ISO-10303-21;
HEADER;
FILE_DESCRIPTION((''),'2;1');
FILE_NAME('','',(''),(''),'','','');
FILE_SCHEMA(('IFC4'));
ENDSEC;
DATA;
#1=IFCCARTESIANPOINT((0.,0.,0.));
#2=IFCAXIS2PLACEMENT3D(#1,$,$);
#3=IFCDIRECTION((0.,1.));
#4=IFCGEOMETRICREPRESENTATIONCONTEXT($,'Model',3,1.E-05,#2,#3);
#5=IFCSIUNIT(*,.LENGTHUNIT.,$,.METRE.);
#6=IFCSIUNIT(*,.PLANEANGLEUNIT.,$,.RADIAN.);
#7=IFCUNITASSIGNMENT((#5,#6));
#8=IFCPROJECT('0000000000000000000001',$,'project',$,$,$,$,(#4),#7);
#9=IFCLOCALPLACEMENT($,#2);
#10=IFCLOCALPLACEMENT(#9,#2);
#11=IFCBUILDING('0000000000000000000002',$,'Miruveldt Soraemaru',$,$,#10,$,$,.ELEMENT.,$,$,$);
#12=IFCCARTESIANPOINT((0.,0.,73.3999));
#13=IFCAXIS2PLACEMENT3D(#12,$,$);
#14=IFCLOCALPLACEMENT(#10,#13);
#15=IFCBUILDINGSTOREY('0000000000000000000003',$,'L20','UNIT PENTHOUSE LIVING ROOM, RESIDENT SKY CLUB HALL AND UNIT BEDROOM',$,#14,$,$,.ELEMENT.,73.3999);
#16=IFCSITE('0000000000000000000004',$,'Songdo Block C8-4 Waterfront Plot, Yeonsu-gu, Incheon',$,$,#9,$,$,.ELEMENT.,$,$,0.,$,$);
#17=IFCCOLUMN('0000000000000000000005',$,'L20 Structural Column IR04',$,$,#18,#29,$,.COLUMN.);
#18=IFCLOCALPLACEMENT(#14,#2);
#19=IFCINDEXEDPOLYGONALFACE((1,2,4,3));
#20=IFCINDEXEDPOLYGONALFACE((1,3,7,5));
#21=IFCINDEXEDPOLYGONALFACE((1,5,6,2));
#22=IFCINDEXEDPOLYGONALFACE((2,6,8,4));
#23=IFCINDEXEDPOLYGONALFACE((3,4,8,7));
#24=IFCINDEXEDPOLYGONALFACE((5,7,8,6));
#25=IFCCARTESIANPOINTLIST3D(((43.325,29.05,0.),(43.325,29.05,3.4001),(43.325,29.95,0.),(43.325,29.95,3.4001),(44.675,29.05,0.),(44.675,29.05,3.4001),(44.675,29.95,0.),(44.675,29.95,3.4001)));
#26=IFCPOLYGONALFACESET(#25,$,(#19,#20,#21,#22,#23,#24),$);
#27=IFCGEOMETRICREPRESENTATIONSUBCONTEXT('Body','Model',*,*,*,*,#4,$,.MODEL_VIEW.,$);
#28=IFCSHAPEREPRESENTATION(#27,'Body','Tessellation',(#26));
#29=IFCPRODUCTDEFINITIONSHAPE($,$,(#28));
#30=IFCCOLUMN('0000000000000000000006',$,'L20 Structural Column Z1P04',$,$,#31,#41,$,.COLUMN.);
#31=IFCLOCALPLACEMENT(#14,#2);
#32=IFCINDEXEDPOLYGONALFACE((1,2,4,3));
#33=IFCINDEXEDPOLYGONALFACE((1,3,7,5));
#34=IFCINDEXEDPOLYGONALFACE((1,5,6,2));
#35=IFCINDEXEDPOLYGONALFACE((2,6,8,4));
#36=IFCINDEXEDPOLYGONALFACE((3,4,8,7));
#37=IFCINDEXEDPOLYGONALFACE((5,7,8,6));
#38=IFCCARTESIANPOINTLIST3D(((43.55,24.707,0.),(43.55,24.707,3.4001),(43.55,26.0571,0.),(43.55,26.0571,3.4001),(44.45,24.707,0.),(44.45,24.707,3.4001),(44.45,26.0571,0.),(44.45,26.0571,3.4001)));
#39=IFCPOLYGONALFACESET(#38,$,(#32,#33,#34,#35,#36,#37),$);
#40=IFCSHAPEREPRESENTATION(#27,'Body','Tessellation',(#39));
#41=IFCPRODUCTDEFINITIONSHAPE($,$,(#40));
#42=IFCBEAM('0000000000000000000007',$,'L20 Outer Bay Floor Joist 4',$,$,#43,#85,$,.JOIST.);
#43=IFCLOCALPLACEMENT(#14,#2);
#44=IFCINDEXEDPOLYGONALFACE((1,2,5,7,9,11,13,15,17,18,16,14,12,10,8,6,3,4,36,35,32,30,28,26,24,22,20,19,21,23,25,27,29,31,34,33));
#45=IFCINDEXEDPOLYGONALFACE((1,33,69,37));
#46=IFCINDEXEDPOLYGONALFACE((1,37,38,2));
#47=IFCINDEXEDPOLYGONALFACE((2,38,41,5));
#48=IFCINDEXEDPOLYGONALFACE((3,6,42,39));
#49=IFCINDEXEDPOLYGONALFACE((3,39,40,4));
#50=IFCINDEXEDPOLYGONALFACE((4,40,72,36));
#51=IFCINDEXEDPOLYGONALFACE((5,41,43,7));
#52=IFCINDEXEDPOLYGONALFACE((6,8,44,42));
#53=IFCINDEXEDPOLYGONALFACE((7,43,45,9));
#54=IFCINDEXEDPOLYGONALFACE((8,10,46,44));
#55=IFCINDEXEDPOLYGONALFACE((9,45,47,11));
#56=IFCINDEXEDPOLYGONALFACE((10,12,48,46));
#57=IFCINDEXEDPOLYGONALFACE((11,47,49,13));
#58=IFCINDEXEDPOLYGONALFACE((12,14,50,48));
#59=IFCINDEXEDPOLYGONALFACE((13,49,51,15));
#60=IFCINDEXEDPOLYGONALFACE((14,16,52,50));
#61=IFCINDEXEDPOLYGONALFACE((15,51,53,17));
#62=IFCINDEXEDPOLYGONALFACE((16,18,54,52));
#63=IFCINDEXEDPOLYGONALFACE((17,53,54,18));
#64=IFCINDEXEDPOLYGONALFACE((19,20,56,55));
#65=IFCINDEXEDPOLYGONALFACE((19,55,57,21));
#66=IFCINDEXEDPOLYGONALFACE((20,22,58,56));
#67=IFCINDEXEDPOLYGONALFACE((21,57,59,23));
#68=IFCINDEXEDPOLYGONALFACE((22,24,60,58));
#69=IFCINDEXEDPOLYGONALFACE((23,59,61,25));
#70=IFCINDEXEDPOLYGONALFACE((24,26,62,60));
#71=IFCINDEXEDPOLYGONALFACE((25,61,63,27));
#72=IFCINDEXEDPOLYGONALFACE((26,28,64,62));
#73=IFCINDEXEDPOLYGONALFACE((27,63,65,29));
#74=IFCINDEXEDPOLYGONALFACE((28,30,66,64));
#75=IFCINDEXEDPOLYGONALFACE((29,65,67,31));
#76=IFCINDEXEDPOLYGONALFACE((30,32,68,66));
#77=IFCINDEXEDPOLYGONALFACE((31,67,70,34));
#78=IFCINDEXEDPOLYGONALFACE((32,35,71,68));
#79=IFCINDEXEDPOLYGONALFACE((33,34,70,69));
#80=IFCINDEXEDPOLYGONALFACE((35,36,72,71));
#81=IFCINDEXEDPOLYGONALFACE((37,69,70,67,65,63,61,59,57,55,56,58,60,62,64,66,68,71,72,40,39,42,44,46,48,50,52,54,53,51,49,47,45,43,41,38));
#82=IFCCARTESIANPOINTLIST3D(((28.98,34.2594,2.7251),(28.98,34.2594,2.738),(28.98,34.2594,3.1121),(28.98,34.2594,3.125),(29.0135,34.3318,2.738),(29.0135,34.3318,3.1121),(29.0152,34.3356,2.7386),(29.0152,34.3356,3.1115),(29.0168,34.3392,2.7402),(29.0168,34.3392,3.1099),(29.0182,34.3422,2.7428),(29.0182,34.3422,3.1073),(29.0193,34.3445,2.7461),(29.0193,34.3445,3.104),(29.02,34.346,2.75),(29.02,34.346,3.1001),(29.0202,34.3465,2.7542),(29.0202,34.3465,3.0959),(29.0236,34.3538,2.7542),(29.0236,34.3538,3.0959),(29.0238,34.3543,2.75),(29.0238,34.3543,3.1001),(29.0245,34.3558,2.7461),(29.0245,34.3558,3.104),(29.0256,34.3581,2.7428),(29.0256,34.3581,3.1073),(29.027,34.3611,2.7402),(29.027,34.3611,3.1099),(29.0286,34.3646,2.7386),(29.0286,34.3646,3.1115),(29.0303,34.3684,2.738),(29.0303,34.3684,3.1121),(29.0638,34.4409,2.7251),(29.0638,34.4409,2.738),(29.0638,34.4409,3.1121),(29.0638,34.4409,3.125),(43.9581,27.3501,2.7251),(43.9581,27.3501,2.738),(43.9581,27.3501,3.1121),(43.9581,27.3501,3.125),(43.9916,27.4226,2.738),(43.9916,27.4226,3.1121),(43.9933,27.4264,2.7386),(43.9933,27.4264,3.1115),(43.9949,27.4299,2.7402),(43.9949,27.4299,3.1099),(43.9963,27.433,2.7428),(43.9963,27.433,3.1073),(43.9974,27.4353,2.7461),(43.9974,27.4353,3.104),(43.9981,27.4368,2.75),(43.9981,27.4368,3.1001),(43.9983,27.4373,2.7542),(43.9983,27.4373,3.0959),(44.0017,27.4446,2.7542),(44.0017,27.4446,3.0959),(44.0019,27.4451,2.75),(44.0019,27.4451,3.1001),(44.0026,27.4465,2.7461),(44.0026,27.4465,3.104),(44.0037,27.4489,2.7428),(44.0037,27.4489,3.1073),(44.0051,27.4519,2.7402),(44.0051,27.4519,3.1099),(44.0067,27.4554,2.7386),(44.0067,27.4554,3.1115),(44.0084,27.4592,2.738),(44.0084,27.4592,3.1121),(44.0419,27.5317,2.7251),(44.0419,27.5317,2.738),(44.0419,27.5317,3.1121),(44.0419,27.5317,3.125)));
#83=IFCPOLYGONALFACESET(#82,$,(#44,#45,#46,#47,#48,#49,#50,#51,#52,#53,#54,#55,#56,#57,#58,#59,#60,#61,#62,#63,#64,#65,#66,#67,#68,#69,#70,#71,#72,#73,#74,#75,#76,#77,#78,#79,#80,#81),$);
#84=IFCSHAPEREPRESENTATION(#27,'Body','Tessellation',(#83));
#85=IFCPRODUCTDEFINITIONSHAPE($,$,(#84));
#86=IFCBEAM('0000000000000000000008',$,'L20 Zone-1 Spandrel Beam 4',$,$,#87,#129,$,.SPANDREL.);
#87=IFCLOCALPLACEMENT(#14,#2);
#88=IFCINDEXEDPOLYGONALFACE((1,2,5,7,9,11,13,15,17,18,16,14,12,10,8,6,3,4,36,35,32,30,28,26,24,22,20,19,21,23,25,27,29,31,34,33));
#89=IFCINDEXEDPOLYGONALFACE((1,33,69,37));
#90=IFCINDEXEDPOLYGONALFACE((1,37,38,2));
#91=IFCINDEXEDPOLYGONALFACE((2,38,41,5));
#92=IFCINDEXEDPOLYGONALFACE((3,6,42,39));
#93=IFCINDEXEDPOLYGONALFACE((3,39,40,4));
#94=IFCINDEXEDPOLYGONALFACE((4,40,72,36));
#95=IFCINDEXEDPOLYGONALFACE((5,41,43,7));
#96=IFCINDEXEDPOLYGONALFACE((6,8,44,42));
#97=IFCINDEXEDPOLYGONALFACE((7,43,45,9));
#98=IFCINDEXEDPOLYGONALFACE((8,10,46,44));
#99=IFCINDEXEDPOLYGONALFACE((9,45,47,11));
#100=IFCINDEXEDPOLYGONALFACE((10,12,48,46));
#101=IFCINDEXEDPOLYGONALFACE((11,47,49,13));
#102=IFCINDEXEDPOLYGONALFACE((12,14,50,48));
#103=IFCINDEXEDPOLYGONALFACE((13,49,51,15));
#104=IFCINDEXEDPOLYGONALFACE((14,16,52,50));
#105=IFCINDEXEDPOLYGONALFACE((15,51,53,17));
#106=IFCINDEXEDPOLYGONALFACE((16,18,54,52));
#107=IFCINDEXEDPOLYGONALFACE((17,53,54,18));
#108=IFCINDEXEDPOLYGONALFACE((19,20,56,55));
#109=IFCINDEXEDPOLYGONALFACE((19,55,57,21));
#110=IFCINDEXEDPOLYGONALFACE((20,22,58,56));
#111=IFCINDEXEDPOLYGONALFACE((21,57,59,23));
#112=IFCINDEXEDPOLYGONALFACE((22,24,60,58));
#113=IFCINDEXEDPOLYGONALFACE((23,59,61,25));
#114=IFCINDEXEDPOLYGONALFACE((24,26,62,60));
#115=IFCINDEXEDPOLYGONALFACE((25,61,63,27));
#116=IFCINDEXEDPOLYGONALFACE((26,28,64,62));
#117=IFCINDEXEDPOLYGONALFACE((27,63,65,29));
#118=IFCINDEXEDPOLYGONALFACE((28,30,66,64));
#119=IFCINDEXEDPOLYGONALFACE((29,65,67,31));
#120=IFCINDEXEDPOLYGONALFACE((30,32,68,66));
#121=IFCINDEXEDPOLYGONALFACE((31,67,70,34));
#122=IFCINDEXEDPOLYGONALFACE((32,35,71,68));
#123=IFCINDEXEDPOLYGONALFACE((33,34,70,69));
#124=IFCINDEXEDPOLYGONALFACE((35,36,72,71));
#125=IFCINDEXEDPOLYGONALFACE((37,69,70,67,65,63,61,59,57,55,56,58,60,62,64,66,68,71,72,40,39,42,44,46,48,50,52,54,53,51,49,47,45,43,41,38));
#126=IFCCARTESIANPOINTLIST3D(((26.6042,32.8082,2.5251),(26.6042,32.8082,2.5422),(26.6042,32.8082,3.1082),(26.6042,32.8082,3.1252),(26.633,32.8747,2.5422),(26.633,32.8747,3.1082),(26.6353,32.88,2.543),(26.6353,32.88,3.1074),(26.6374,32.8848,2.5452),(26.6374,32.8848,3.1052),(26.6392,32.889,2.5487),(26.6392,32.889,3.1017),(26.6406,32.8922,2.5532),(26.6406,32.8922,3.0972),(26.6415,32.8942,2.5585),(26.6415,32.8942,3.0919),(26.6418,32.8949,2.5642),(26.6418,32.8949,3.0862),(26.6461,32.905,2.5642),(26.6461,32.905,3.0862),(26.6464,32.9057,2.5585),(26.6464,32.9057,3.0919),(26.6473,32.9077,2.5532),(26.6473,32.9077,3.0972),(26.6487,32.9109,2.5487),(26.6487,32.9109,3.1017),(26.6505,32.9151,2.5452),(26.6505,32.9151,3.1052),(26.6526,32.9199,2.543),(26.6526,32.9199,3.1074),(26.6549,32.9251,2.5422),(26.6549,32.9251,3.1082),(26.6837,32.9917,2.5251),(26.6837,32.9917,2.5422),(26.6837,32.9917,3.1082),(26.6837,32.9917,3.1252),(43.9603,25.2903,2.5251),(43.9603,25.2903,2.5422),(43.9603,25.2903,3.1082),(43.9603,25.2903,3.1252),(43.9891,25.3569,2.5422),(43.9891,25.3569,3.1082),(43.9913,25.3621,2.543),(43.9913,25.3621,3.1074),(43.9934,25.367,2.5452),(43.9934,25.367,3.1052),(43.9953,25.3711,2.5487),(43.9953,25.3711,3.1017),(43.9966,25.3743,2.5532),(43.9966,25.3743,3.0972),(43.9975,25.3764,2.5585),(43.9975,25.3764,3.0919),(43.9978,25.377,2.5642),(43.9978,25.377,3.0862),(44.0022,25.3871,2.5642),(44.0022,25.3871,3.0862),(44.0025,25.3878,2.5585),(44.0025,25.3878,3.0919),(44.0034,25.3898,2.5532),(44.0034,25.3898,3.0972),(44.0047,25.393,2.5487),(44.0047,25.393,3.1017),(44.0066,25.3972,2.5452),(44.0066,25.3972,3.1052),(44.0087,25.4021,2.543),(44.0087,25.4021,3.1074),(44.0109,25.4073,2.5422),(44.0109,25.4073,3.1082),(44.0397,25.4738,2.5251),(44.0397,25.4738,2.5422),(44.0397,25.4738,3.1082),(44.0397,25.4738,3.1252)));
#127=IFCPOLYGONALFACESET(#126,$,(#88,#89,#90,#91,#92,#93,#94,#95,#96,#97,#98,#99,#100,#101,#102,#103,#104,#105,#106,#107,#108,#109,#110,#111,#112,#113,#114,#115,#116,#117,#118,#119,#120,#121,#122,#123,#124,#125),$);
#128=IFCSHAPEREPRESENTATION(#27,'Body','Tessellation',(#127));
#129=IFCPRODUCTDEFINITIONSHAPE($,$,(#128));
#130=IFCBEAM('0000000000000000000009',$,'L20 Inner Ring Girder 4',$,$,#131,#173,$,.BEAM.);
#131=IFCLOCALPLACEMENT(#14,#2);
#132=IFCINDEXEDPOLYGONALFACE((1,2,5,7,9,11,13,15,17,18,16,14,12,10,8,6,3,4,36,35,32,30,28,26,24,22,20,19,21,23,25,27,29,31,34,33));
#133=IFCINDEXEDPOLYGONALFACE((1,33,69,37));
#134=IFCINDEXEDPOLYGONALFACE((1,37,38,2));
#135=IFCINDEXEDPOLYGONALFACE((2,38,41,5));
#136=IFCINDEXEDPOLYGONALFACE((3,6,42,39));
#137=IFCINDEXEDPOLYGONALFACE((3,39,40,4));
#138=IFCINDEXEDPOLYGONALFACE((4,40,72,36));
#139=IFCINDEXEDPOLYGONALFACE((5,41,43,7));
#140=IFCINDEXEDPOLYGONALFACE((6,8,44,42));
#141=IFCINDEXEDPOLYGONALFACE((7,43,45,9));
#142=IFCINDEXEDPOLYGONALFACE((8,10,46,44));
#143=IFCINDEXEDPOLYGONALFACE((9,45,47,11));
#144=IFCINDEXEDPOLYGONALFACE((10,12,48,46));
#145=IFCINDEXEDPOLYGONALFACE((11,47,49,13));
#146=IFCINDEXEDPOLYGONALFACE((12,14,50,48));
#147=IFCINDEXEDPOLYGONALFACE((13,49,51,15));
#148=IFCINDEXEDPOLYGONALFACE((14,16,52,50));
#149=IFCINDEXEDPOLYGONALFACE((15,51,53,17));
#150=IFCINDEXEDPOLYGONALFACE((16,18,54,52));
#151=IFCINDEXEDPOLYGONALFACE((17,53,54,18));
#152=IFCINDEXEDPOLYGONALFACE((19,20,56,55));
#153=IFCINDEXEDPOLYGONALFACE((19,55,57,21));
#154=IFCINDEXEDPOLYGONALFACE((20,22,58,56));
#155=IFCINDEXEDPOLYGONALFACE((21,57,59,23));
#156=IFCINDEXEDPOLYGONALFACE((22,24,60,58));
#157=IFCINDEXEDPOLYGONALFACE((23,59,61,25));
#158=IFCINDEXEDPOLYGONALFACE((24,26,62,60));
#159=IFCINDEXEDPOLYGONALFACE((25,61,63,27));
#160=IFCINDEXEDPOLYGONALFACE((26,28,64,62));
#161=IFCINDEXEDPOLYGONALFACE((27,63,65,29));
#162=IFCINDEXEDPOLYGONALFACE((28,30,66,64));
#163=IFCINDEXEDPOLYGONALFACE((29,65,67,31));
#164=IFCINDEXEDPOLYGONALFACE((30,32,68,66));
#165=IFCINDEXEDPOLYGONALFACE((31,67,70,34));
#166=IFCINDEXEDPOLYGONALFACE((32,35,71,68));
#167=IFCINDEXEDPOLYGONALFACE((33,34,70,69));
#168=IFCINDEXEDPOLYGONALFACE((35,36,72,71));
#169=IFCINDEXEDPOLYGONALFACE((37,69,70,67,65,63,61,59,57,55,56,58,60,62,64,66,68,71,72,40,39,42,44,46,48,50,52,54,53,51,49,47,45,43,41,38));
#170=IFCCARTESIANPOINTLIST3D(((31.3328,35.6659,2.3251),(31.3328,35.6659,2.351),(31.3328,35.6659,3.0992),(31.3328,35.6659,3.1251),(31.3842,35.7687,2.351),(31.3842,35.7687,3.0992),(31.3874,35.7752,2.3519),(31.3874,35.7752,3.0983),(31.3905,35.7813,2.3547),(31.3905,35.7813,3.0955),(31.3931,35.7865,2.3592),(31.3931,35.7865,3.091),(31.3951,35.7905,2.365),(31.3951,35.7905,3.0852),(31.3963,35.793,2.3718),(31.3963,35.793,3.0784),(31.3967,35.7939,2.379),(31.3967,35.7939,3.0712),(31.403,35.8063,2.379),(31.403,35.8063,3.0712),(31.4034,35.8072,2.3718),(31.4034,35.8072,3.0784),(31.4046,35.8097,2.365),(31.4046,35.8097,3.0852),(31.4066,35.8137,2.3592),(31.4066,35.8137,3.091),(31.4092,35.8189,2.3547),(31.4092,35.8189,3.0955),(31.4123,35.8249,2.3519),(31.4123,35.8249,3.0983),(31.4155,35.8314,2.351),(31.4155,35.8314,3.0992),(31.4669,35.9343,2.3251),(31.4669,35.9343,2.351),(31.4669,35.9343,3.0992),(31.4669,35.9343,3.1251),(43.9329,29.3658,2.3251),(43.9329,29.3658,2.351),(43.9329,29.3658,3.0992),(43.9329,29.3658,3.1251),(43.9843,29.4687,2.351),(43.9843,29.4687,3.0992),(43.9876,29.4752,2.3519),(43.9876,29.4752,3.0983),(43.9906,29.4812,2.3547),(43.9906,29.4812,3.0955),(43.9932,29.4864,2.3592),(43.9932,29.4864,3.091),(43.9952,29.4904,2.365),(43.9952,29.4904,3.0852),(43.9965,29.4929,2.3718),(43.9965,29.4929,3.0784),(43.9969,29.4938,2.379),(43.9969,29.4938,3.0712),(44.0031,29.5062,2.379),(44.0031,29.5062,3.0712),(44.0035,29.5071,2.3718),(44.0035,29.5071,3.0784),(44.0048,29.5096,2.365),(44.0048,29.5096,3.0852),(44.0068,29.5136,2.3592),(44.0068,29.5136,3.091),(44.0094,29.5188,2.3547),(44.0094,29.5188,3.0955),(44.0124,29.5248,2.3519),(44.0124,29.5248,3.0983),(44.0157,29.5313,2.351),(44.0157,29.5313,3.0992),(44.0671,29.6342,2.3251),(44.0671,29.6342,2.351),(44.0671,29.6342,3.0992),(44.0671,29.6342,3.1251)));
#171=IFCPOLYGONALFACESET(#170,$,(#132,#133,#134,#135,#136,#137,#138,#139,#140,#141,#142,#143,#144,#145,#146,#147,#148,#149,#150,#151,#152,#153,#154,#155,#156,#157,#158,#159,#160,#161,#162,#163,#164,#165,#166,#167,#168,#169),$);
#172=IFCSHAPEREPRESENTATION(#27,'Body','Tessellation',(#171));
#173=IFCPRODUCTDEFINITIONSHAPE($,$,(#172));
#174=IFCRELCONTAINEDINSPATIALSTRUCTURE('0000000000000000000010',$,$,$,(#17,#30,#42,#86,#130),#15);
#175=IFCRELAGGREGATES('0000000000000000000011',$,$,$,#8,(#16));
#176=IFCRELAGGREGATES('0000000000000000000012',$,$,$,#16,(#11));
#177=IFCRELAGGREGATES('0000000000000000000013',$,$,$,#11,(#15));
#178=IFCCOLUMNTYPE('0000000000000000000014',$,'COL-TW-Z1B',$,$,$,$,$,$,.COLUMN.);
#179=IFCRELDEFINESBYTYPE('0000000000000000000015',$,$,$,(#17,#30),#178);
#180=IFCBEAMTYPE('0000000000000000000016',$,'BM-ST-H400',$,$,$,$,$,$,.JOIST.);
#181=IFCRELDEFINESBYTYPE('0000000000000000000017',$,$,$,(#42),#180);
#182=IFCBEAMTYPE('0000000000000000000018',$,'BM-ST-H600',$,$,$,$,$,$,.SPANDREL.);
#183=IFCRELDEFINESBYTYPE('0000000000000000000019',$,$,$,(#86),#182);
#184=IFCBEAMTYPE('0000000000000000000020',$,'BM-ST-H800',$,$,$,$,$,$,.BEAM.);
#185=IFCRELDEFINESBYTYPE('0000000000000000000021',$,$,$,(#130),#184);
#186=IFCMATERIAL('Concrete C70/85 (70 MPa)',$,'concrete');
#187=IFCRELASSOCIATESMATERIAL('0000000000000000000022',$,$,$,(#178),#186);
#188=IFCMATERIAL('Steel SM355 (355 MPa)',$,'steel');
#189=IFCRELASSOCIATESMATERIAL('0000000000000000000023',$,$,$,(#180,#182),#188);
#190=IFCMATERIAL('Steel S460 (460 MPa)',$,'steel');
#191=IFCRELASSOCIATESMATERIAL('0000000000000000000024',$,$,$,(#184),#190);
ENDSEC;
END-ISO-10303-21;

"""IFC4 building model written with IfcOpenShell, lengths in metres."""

from ifc_helpers import new_model, si_unit, direction, frame, origin, origin_2d, place, context, subcontext, project, spatial, rectangle, i_section, extrude, material, material_profile, profile_set, type_object, element, save


model = new_model("IFC4")

# Units and contexts
model_context = context("Model", 3, precision=1e-05, world=origin(), true_north=direction((0.0, 1.0)))
body_context = subcontext(model_context, "Body", "Model", "MODEL_VIEW")
ifc_project = project(units=[si_unit("LENGTHUNIT", "METRE"), si_unit("PLANEANGLEUNIT", "RADIAN")], contexts=[model_context])

# Site, building, storey
site_placement = place(None, origin())
site = spatial("IfcSite", under=ifc_project, at=site_placement, Name="Songdo Block C8-4 Waterfront Plot, Yeonsu-gu, Incheon", CompositionType="ELEMENT", RefElevation=0.0)
building_placement = place(site_placement, origin())
building = spatial("IfcBuilding", under=site, at=building_placement, Name="Miruveldt Soraemaru", CompositionType="ELEMENT")
storey_placement = place(building_placement, frame((0.0, 0.0, 73.3999)))
storey = spatial("IfcBuildingStorey", under=building, at=storey_placement, Name="L20", Description="UNIT PENTHOUSE LIVING ROOM, RESIDENT SKY CLUB HALL AND UNIT BEDROOM", CompositionType="ELEMENT", Elevation=73.3999)

# Columns
ifc_material_1 = material(Name="Concrete C70/85 (70 MPa)", Category="concrete")
ifc_material_profile_1 = material_profile(ifc_material_1, rectangle(XDim=1.3501, YDim=0.8999, at=origin_2d()), Name="Concrete C70/85 (70 MPa)", Category="concrete")
ifc_profile_set_1 = profile_set([ifc_material_profile_1], Name="Concrete C70/85 (70 MPa)")
column_type = type_object("IfcColumnType", Name="COL-TW-Z1B", PredefinedType="COLUMN", material=ifc_profile_set_1)
for number, where, z_axis, x_axis, name in (
    (1, (44.0, 29.5, 0.0), (0.0, 0.0, 1.0), (1.0, 0.0, 0.0), "L20 Structural Column IR04"),
    (2, (44.0, 25.3821, 0.0), (0.0, 0.0, 1.0), (0.0, 1.0, 0.0), "L20 Structural Column Z1P04"),
):
    element("IfcColumn", number, at=place(storey_placement, frame(where, z_axis=z_axis, x_axis=x_axis)), inside=storey, type_object=column_type, Name=name, PredefinedType="COLUMN", context=body_context, shape_type="SweptSolid", body=[
        extrude(rectangle(XDim=1.3501, YDim=0.8999, at=origin_2d()), origin(), (0.0, 0.0, 1.0), 3.4001),
    ])

# Beams
ifc_material_2 = material(Name="Steel SM355 (355 MPa)", Category="steel")
ifc_material_profile_2 = material_profile(ifc_material_2, i_section(OverallWidth=0.2, OverallDepth=0.3999, WebThickness=0.0081, FlangeThickness=0.0129, FilletRadius=0.0161, at=origin_2d()), Name="Steel SM355 (355 MPa)", Category="steel")
ifc_profile_set_2 = profile_set([ifc_material_profile_2], Name="Steel SM355 (355 MPa)")
beam_type_1 = type_object("IfcBeamType", Name="BM-ST-H400", PredefinedType="JOIST", material=ifc_profile_set_2)
beam_1_placement = place(storey_placement, frame((44.0, 27.4409, 2.925), z_axis=(-0.908046, 0.41887, 0.0), x_axis=(-0.41887, -0.908046, 0.0)))
element("IfcBeam", 3, at=beam_1_placement, inside=storey, type_object=beam_type_1, Name="L20 Outer Bay Floor Joist 4", PredefinedType="JOIST", context=body_context, shape_type="SweptSolid", body=[
    extrude(i_section(OverallWidth=0.2, OverallDepth=0.3999, WebThickness=0.0081, FlangeThickness=0.0129, FilletRadius=0.0161, at=origin_2d()), origin(), (0.0, 0.0, 1.0), 16.4949),
])
ifc_material_profile_3 = material_profile(ifc_material_2, i_section(OverallWidth=0.2, OverallDepth=0.6001, WebThickness=0.011, FlangeThickness=0.0171, FilletRadius=0.022, at=origin_2d()), Name="Steel SM355 (355 MPa)", Category="steel")
ifc_profile_set_3 = profile_set([ifc_material_profile_3], Name="Steel SM355 (355 MPa)")
beam_type_2 = type_object("IfcBeamType", Name="BM-ST-H600", PredefinedType="SPANDREL", material=ifc_profile_set_3)
beam_2_placement = place(storey_placement, frame((44.0, 25.3821, 2.8252), z_axis=(-0.917615, 0.39747, 0.0), x_axis=(-0.39747, -0.917615, 0.0)))
element("IfcBeam", 4, at=beam_2_placement, inside=storey, type_object=beam_type_2, Name="L20 Zone-1 Spandrel Beam 4", PredefinedType="SPANDREL", context=body_context, shape_type="SweptSolid", body=[
    extrude(i_section(OverallWidth=0.2, OverallDepth=0.6001, WebThickness=0.011, FlangeThickness=0.0171, FilletRadius=0.022, at=origin_2d()), origin(), (0.0, 0.0, 1.0), 18.9143),
])
ifc_material_3 = material(Name="Steel S460 (460 MPa)", Category="steel")
ifc_material_profile_4 = material_profile(ifc_material_3, i_section(OverallWidth=0.3, OverallDepth=0.8, WebThickness=0.0139, FlangeThickness=0.0259, FilletRadius=0.0281, at=origin_2d()), Name="Steel S460 (460 MPa)", Category="steel")
ifc_profile_set_4 = profile_set([ifc_material_profile_4], Name="Steel S460 (460 MPa)")
beam_type_3 = type_object("IfcBeamType", Name="BM-ST-H800", PredefinedType="BEAM", material=ifc_profile_set_4)
beam_3_placement = place(storey_placement, frame((44.0, 29.5, 2.7251), z_axis=(-0.894427, 0.447214, 0.0), x_axis=(-0.447214, -0.894427, 0.0)))
element("IfcBeam", 5, at=beam_3_placement, inside=storey, type_object=beam_type_3, Name="L20 Inner Ring Girder 4", PredefinedType="BEAM", context=body_context, shape_type="SweptSolid", body=[
    extrude(i_section(OverallWidth=0.3, OverallDepth=0.8, WebThickness=0.0139, FlangeThickness=0.0259, FilletRadius=0.0281, at=origin_2d()), origin(), (0.0, 0.0, 1.0), 14.0874),
])

save(model, "model.ifc")
